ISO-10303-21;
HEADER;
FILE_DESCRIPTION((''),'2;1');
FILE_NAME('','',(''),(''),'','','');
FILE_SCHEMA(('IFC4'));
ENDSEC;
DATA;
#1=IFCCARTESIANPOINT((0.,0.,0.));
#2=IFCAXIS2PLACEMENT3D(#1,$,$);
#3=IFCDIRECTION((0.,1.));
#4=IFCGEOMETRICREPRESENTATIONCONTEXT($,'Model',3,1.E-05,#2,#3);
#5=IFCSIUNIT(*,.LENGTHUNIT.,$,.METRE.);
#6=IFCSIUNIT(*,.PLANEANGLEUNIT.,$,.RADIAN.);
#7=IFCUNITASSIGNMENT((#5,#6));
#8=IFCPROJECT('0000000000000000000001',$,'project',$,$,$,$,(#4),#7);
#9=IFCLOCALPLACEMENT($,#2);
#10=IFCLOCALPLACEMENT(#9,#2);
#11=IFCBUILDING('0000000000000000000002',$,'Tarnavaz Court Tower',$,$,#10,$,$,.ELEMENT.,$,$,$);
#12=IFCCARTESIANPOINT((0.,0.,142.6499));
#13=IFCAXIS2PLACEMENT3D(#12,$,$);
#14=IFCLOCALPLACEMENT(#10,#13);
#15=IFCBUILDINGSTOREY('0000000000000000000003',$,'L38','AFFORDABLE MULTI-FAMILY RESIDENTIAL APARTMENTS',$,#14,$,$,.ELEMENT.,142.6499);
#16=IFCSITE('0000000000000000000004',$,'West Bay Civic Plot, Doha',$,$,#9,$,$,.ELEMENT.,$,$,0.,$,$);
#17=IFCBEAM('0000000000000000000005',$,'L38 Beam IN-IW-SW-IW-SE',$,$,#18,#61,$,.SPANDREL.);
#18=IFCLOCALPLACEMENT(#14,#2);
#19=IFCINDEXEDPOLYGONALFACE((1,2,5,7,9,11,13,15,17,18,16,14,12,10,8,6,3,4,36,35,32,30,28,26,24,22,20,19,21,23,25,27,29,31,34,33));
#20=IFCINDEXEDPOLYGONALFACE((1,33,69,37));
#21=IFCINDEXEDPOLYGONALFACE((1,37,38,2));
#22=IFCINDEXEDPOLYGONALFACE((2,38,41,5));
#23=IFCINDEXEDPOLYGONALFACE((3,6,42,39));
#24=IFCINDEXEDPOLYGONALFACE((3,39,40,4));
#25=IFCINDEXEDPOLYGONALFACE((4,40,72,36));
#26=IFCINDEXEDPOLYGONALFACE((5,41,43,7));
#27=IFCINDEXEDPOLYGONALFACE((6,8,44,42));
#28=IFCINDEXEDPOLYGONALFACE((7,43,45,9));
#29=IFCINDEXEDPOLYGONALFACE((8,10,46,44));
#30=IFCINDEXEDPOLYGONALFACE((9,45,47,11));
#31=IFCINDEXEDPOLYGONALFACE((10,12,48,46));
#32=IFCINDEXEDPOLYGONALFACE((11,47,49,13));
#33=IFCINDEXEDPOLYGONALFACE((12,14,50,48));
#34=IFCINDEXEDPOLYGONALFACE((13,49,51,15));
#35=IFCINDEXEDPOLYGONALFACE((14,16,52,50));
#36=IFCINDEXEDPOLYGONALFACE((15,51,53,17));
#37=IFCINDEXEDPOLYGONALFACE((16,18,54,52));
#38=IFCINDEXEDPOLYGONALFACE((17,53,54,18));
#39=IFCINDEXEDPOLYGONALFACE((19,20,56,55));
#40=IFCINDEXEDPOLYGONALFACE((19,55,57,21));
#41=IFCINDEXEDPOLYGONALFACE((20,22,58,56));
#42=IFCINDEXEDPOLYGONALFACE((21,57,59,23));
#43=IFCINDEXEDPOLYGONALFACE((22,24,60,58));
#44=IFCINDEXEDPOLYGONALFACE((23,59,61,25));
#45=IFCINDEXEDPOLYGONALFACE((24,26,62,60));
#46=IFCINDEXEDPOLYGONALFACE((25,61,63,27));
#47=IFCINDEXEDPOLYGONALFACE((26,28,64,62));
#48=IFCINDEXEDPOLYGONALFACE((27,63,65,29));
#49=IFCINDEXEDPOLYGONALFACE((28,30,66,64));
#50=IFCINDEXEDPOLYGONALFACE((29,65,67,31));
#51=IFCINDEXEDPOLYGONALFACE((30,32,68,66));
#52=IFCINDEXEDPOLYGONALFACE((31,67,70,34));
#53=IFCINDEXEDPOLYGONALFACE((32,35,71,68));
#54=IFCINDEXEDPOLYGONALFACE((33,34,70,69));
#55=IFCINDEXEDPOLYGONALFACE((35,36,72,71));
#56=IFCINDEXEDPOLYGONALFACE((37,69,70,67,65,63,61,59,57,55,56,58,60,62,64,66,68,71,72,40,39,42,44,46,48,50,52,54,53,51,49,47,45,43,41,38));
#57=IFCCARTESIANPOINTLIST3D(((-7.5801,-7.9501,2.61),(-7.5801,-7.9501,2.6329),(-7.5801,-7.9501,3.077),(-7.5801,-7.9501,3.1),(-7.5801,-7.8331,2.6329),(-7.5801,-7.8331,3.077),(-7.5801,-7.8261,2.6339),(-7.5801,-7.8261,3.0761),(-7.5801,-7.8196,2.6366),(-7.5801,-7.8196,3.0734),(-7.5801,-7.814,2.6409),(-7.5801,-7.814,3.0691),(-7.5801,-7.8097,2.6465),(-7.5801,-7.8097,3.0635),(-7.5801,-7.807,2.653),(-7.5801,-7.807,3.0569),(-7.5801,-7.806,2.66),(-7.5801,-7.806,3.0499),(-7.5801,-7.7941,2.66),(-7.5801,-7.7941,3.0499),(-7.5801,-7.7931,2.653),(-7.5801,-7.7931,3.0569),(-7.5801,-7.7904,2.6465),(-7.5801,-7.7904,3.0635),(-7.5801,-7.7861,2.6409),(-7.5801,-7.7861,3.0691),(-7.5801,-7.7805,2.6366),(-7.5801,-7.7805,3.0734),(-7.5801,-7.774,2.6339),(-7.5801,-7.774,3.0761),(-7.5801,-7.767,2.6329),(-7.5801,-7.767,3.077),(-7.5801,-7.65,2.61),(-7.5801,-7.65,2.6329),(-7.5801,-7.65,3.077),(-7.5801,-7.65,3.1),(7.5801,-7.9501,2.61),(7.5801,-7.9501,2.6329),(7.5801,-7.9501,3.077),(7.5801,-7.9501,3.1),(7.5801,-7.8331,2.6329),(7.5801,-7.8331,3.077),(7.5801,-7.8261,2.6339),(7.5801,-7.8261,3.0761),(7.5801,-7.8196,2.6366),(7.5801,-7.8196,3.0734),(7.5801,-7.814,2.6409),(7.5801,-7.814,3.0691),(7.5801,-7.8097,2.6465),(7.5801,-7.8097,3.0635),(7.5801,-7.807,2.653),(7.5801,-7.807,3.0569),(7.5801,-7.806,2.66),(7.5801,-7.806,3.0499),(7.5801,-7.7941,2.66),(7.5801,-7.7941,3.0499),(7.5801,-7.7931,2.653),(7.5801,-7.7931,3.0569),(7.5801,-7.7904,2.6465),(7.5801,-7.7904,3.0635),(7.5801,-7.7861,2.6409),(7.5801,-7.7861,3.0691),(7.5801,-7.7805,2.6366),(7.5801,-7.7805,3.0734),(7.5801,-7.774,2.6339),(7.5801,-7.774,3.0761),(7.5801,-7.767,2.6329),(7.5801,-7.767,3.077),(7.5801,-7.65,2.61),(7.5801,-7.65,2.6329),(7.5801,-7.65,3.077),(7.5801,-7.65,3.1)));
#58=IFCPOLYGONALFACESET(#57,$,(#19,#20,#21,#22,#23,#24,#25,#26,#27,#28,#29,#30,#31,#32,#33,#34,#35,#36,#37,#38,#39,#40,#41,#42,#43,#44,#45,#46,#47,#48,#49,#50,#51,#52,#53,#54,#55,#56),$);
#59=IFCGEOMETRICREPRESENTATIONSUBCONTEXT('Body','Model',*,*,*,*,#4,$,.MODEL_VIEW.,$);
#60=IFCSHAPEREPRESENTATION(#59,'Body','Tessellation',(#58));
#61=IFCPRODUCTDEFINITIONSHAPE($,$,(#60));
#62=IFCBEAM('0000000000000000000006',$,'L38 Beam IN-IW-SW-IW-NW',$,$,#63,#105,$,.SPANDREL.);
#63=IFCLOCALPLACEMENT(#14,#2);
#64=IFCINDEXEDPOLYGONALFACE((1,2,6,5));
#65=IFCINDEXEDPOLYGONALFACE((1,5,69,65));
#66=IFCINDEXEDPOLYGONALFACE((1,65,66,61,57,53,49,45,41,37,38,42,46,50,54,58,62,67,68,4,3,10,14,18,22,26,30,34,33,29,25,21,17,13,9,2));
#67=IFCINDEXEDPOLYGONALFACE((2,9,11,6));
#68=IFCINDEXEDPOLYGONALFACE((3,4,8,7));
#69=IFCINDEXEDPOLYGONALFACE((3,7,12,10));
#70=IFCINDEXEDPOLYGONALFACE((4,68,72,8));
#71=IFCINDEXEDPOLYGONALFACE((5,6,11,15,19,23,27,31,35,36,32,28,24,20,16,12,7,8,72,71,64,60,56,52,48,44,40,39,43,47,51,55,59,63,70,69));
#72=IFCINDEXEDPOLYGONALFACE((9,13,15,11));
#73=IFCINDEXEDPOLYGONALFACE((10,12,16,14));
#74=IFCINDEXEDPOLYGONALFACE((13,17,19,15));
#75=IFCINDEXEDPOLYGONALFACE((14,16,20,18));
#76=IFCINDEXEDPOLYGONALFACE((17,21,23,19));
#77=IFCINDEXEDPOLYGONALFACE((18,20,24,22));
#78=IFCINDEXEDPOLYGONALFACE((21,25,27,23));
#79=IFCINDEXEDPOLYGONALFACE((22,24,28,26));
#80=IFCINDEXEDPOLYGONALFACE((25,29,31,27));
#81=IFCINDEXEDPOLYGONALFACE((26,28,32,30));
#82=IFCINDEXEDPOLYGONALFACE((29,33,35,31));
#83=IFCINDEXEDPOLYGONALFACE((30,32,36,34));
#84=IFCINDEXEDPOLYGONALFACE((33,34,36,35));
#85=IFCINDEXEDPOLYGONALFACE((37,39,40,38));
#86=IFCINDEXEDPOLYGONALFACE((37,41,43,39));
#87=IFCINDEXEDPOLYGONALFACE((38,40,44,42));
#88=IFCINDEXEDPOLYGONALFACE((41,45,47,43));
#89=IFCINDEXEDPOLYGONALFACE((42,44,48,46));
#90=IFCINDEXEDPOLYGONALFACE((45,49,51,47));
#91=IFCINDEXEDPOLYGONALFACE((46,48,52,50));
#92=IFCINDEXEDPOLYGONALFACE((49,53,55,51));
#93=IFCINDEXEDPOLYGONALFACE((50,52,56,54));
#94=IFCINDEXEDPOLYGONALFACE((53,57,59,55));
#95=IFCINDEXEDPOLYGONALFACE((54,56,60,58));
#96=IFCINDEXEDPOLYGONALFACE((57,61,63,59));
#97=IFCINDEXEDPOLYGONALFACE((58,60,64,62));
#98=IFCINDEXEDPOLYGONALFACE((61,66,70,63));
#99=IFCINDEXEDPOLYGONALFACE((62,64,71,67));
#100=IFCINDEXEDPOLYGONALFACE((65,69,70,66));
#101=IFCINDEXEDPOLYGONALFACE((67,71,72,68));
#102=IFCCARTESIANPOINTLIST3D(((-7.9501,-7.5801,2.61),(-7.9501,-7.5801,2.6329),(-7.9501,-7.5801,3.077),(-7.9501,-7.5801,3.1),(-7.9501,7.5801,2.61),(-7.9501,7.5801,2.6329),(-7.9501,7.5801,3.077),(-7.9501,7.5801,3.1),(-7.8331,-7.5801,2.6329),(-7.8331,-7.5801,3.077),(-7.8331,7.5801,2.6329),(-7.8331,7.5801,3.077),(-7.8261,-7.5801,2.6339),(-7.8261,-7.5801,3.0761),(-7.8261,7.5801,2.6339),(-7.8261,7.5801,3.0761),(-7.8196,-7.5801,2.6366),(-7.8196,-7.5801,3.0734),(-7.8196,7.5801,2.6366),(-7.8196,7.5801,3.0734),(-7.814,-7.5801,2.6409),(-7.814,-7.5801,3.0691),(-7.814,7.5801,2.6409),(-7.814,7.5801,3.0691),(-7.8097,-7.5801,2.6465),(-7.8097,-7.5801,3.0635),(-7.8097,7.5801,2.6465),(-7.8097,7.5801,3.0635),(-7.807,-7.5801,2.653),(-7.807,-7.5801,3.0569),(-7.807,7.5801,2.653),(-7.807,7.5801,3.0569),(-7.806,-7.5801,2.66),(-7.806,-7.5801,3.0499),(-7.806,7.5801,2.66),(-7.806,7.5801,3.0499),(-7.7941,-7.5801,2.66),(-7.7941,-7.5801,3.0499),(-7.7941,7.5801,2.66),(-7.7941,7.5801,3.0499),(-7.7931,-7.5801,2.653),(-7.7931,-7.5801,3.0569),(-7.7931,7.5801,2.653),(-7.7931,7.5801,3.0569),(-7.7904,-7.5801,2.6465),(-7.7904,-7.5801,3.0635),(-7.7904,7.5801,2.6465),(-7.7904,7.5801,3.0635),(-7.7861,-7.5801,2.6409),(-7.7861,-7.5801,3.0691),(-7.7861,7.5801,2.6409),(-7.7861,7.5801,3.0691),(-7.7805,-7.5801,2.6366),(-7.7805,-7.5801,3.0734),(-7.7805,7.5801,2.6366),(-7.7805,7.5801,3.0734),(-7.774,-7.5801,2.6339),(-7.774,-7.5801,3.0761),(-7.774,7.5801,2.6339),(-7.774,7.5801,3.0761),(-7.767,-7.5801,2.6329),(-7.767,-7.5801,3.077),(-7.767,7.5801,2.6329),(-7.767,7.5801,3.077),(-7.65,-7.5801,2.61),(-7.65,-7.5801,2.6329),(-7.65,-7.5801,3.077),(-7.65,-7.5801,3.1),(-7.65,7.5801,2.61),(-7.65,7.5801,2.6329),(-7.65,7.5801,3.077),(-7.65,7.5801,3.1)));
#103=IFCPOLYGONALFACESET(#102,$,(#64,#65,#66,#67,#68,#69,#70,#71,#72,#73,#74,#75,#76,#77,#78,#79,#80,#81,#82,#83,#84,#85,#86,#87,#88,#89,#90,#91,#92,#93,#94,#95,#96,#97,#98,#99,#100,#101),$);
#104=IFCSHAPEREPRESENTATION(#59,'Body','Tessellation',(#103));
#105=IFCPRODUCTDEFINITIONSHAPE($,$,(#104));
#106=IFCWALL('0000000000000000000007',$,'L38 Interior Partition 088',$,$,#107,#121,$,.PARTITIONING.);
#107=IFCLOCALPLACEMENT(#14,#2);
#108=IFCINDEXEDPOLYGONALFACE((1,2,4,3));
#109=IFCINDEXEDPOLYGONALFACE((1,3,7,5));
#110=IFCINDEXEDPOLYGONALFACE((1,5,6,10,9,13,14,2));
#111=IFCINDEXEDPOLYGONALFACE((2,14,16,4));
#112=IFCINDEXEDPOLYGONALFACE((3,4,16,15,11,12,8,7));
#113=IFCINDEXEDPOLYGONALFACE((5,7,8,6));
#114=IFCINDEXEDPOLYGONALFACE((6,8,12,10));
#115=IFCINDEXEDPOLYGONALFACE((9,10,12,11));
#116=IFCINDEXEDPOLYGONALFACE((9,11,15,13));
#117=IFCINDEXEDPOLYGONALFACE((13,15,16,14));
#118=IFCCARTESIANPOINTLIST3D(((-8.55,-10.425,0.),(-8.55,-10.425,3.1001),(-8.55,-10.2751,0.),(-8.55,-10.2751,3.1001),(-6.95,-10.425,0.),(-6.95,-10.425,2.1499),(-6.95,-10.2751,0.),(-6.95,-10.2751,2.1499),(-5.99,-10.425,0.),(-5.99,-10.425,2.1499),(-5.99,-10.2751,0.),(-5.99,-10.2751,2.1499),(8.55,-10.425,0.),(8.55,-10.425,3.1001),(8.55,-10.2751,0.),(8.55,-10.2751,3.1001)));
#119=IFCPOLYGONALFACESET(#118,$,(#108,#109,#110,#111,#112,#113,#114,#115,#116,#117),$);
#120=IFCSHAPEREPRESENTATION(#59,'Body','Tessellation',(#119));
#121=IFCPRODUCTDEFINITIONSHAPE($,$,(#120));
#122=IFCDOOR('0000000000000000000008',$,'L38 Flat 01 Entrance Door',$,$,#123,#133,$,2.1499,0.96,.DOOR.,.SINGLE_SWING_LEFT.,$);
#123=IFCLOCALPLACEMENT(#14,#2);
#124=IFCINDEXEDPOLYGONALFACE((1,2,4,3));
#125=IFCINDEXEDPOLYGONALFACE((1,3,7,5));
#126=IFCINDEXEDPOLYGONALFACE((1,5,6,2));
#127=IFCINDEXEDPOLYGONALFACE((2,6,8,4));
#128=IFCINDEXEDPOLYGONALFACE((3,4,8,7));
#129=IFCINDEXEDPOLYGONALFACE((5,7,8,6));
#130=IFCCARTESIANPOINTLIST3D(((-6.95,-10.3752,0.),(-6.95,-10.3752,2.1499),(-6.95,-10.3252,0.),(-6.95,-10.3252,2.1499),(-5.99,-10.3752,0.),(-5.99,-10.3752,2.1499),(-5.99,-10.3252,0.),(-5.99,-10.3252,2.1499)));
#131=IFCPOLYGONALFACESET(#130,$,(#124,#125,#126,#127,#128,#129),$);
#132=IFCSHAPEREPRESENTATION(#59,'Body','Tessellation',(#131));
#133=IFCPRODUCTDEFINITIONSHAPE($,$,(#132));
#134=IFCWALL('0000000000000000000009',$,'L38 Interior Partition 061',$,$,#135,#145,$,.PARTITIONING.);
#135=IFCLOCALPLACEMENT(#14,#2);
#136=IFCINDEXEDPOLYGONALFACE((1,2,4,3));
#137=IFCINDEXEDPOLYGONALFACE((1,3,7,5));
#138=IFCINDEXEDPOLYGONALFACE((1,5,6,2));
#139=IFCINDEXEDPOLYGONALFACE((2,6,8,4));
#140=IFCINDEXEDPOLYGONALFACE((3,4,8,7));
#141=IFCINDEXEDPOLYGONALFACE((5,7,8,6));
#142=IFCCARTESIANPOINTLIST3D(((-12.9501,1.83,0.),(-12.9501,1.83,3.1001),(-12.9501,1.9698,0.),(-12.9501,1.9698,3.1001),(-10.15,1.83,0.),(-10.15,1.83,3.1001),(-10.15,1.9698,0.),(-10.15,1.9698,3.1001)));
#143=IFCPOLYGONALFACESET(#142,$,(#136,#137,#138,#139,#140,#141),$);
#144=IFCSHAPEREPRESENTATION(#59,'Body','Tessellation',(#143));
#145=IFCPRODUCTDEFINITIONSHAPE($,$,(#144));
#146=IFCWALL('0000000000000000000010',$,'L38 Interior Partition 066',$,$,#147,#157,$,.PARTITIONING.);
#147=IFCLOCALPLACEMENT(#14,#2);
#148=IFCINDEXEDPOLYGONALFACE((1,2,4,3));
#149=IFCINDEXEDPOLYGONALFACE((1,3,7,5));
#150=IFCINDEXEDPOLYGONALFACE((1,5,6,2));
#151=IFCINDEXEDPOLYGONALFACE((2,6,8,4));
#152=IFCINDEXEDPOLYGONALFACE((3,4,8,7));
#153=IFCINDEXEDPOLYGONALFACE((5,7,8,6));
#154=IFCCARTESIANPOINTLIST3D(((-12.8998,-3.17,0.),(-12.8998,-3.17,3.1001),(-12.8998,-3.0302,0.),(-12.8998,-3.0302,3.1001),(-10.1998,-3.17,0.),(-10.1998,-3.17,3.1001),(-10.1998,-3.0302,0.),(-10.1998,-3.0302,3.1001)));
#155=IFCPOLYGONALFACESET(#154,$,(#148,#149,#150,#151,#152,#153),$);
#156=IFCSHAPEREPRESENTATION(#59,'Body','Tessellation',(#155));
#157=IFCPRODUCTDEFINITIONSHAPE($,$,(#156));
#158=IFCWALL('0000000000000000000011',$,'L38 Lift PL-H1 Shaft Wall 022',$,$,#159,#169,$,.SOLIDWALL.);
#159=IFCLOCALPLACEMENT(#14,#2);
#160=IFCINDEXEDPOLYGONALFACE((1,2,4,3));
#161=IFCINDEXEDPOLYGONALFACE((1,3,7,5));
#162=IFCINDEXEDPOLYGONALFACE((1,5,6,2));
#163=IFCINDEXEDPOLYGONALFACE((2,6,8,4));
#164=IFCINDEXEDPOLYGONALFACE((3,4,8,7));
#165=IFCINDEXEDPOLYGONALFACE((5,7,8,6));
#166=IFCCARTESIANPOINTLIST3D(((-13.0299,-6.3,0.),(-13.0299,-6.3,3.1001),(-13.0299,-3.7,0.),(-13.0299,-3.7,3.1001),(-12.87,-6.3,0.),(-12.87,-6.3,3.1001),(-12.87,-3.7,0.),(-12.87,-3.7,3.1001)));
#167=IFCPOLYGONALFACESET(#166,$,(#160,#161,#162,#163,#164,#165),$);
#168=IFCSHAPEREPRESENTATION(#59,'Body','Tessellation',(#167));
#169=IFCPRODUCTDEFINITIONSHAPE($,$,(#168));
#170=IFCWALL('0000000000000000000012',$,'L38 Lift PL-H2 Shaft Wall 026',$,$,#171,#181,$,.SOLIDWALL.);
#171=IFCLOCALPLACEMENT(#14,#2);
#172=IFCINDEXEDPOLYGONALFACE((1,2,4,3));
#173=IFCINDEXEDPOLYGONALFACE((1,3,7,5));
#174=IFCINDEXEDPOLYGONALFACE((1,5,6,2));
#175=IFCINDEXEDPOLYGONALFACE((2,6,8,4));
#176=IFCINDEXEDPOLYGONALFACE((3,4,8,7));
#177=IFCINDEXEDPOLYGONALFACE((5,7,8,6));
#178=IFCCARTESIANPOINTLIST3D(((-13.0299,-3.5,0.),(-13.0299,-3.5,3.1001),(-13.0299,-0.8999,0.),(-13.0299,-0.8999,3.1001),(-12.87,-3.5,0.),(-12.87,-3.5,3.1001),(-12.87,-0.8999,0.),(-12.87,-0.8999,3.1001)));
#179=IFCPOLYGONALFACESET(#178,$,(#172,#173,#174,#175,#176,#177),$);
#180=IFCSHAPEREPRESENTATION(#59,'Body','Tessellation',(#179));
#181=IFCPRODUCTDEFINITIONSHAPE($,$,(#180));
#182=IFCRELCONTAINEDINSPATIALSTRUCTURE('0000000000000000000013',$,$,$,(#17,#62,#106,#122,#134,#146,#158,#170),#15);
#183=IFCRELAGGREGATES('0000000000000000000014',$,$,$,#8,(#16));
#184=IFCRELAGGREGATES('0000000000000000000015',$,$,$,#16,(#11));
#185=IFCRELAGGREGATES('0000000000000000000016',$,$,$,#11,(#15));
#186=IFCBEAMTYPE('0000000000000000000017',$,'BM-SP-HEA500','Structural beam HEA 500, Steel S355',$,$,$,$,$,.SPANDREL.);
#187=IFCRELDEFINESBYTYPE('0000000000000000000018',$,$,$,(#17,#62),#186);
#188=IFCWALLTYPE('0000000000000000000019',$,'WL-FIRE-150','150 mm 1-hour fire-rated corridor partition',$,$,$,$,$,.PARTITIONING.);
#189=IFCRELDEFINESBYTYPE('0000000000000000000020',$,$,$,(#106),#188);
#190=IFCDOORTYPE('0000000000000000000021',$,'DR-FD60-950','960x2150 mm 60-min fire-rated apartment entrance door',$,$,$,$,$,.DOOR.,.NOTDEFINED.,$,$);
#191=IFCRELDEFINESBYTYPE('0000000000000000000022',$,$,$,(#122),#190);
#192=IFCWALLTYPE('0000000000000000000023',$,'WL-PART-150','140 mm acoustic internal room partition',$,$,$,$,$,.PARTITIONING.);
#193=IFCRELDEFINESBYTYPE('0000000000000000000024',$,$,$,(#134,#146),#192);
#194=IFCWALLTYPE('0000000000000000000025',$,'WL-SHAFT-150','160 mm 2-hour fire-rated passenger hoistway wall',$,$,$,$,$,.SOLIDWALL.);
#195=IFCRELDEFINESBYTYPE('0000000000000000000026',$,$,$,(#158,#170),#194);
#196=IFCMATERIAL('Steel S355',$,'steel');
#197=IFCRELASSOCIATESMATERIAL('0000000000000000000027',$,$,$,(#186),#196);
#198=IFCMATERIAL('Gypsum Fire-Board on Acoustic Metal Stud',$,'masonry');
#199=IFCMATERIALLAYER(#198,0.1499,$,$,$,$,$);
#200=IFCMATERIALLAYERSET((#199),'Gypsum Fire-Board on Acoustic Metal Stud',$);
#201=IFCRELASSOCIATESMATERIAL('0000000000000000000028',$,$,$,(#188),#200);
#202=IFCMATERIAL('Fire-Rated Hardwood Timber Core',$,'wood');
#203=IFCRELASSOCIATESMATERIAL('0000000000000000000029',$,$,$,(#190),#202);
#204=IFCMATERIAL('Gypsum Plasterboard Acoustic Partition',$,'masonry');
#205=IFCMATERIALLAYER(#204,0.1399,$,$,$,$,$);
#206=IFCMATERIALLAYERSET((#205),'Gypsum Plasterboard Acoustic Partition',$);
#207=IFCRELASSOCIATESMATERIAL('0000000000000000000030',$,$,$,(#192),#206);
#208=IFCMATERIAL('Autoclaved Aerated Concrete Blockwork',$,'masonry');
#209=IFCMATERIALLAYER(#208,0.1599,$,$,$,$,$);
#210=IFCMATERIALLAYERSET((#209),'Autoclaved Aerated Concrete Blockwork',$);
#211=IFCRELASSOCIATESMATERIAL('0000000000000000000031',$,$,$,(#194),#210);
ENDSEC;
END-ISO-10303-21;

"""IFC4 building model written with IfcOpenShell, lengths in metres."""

from ifc_helpers import new_model, si_unit, direction, frame, frame_2d, origin, origin_2d, place, context, subcontext, project, spatial, rectangle, i_section, extrude, material, layer, layer_set, material_profile, profile_set, type_object, element, fill, save


model = new_model("IFC4")

# Units and contexts
model_context = context("Model", 3, precision=1e-05, world=origin(), true_north=direction((0.0, 1.0)))
body_context = subcontext(model_context, "Body", "Model", "MODEL_VIEW")
ifc_project = project(units=[si_unit("LENGTHUNIT", "METRE"), si_unit("PLANEANGLEUNIT", "RADIAN")], contexts=[model_context])

# Site, building, storey
site_placement = place(None, origin())
site = spatial("IfcSite", under=ifc_project, at=site_placement, Name="West Bay Civic Plot, Doha", CompositionType="ELEMENT", RefElevation=0.0)
building_placement = place(site_placement, origin())
building = spatial("IfcBuilding", under=site, at=building_placement, Name="Tarnavaz Court Tower", CompositionType="ELEMENT")
storey_placement = place(building_placement, frame((0.0, 0.0, 142.6499)))
storey = spatial("IfcBuildingStorey", under=building, at=storey_placement, Name="L38", Description="AFFORDABLE MULTI-FAMILY RESIDENTIAL APARTMENTS", CompositionType="ELEMENT", Elevation=142.6499)

# Beams
ifc_material_1 = material(Name="Steel S355", Category="steel")
ifc_material_profile_1 = material_profile(ifc_material_1, i_section(OverallWidth=0.3, OverallDepth=0.49, WebThickness=0.012, FlangeThickness=0.0229, FilletRadius=0.0271, at=origin_2d()), Name="HEA 500")
ifc_profile_set_1 = profile_set([ifc_material_profile_1], Name="Steel S355")
beam_type_1 = type_object("IfcBeamType", Name="BM-SP-HEA500", Description="Structural beam HEA 500, Steel S355", PredefinedType="SPANDREL", material=ifc_profile_set_1)
for number, where, z_axis, x_axis, name in (
    (1, (-7.5801, -7.8, 2.855), (1.0, 0.0, 0.0), (0.0, 1.0, 0.0), "L38 Beam IN-IW-SW-IW-SE"),
    (2, (-7.8, -7.5801, 2.855), (0.0, 1.0, 0.0), (-1.0, 0.0, 0.0), "L38 Beam IN-IW-SW-IW-NW"),
):
    element("IfcBeam", number, at=place(storey_placement, frame(where, z_axis=z_axis, x_axis=x_axis)), inside=storey, type_object=beam_type_1, Name=name, PredefinedType="SPANDREL", context=body_context, shape_type="SweptSolid", body=[
        extrude(i_section(OverallWidth=0.3, OverallDepth=0.49, WebThickness=0.012, FlangeThickness=0.0229, FilletRadius=0.0271, at=origin_2d()), origin(), (0.0, 0.0, 1.0), 15.1602),
    ])

# Wall, opening, door
ifc_material_2 = material(Name="Gypsum Fire-Board on Acoustic Metal Stud", Category="masonry")
ifc_layer_1 = layer(ifc_material_2, 0.1499)
ifc_layer_set_1 = layer_set([ifc_layer_1], Name="Gypsum Fire-Board on Acoustic Metal Stud")
wall_type_1 = type_object("IfcWallType", Name="WL-FIRE-150", Description="150 mm 1-hour fire-rated corridor partition", PredefinedType="PARTITIONING", material=ifc_layer_set_1)
wall_1_placement = place(storey_placement, frame((-8.55, -10.3501, 0.0), z_axis=(0.0, 0.0, 1.0), x_axis=(1.0, 0.0, 0.0)))
wall_1 = element("IfcWall", 3, at=wall_1_placement, inside=storey, type_object=wall_type_1, Name="L38 Interior Partition 088", PredefinedType="PARTITIONING", context=body_context, shape_type="SweptSolid", body=[
    extrude(rectangle(XDim=17.1001, YDim=0.1499, at=frame_2d((8.55, 0.0))), origin(), (0.0, 0.0, 1.0), 3.1001),
])
opening_1_placement = place(wall_1_placement, frame((1.6001, 0.0, 0.0)))
opening_1 = element("IfcOpeningElement", 4, at=opening_1_placement, cuts=wall_1, PredefinedType="OPENING", context=body_context, shape_type="SweptSolid", body=[
    extrude(rectangle(XDim=0.96, YDim=2.1499, at=frame_2d((0.48, 1.075))), frame((0.0, 0.085, 0.0), z_axis=(0.0, -1.0, 0.0), x_axis=(1.0, 0.0, 0.0)), (0.0, 0.0, 1.0), 0.1699),
])
ifc_material_3 = material(Name="Fire-Rated Hardwood Timber Core", Category="wood")
door_type_1 = type_object("IfcDoorType", Name="DR-FD60-950", Description="960x2150 mm 60-min fire-rated apartment entrance door", OperationType="NOTDEFINED", PredefinedType="DOOR", material=ifc_material_3)
door_1_placement = place(opening_1_placement, origin())
door_1 = element("IfcDoor", 5, at=door_1_placement, inside=storey, type_object=door_type_1, Name="L38 Flat 01 Entrance Door", OperationType="SINGLE_SWING_LEFT", OverallHeight=2.1499, OverallWidth=0.96, PredefinedType="DOOR", context=body_context, shape_type="SweptSolid", body=[
    extrude(rectangle(XDim=0.96, YDim=2.1499, at=frame_2d((0.48, 1.075))), frame((0.0, 0.0249, 0.0), z_axis=(0.0, -1.0, 0.0), x_axis=(1.0, 0.0, 0.0)), (0.0, 0.0, 1.0), 0.05),
])
fill(opening_1, door_1)

# Wall
ifc_material_4 = material(Name="Gypsum Plasterboard Acoustic Partition", Category="masonry")
ifc_layer_2 = layer(ifc_material_4, 0.1399)
ifc_layer_set_2 = layer_set([ifc_layer_2], Name="Gypsum Plasterboard Acoustic Partition")
wall_type_2 = type_object("IfcWallType", Name="WL-PART-150", Description="140 mm acoustic internal room partition", PredefinedType="PARTITIONING", material=ifc_layer_set_2)
wall_2_placement = place(storey_placement, frame((-12.95, 1.8999, 0.0), z_axis=(0.0, 0.0, 1.0), x_axis=(1.0, 0.0, 0.0)))
element("IfcWall", 6, at=wall_2_placement, inside=storey, type_object=wall_type_2, Name="L38 Interior Partition 061", PredefinedType="PARTITIONING", context=body_context, shape_type="SweptSolid", body=[
    extrude(rectangle(XDim=2.8, YDim=0.1399, at=frame_2d((1.3999, 0.0))), origin(), (0.0, 0.0, 1.0), 3.1001),
])

# Walls
wall_3_placement = place(storey_placement, frame((-12.8999, -3.1001, 0.0), z_axis=(0.0, 0.0, 1.0), x_axis=(1.0, 0.0, 0.0)))
element("IfcWall", 7, at=wall_3_placement, inside=storey, type_object=wall_type_2, Name="L38 Interior Partition 066", PredefinedType="PARTITIONING", context=body_context, shape_type="SweptSolid", body=[
    extrude(rectangle(XDim=2.7, YDim=0.1399, at=frame_2d((1.3501, 0.0))), origin(), (0.0, 0.0, 1.0), 3.1001),
])
ifc_material_5 = material(Name="Autoclaved Aerated Concrete Blockwork", Category="masonry")
ifc_layer_3 = layer(ifc_material_5, 0.1599)
ifc_layer_set_3 = layer_set([ifc_layer_3], Name="Autoclaved Aerated Concrete Blockwork")
wall_type_3 = type_object("IfcWallType", Name="WL-SHAFT-150", Description="160 mm 2-hour fire-rated passenger hoistway wall", PredefinedType="SOLIDWALL", material=ifc_layer_set_3)
for number, where, z_axis, x_axis, name in (
    (8, (-12.95, -6.3, 0.0), (0.0, 0.0, 1.0), (0.0, 1.0, 0.0), "L38 Lift PL-H1 Shaft Wall 022"),
    (9, (-12.95, -3.5, 0.0), (0.0, 0.0, 1.0), (0.0, 1.0, 0.0), "L38 Lift PL-H2 Shaft Wall 026"),
):
    element("IfcWall", number, at=place(storey_placement, frame(where, z_axis=z_axis, x_axis=x_axis)), inside=storey, type_object=wall_type_3, Name=name, PredefinedType="SOLIDWALL", context=body_context, shape_type="SweptSolid", body=[
        extrude(rectangle(XDim=2.6001, YDim=0.1599, at=frame_2d((1.3, 0.0))), origin(), (0.0, 0.0, 1.0), 3.1001),
    ])

save(model, "model.ifc")
